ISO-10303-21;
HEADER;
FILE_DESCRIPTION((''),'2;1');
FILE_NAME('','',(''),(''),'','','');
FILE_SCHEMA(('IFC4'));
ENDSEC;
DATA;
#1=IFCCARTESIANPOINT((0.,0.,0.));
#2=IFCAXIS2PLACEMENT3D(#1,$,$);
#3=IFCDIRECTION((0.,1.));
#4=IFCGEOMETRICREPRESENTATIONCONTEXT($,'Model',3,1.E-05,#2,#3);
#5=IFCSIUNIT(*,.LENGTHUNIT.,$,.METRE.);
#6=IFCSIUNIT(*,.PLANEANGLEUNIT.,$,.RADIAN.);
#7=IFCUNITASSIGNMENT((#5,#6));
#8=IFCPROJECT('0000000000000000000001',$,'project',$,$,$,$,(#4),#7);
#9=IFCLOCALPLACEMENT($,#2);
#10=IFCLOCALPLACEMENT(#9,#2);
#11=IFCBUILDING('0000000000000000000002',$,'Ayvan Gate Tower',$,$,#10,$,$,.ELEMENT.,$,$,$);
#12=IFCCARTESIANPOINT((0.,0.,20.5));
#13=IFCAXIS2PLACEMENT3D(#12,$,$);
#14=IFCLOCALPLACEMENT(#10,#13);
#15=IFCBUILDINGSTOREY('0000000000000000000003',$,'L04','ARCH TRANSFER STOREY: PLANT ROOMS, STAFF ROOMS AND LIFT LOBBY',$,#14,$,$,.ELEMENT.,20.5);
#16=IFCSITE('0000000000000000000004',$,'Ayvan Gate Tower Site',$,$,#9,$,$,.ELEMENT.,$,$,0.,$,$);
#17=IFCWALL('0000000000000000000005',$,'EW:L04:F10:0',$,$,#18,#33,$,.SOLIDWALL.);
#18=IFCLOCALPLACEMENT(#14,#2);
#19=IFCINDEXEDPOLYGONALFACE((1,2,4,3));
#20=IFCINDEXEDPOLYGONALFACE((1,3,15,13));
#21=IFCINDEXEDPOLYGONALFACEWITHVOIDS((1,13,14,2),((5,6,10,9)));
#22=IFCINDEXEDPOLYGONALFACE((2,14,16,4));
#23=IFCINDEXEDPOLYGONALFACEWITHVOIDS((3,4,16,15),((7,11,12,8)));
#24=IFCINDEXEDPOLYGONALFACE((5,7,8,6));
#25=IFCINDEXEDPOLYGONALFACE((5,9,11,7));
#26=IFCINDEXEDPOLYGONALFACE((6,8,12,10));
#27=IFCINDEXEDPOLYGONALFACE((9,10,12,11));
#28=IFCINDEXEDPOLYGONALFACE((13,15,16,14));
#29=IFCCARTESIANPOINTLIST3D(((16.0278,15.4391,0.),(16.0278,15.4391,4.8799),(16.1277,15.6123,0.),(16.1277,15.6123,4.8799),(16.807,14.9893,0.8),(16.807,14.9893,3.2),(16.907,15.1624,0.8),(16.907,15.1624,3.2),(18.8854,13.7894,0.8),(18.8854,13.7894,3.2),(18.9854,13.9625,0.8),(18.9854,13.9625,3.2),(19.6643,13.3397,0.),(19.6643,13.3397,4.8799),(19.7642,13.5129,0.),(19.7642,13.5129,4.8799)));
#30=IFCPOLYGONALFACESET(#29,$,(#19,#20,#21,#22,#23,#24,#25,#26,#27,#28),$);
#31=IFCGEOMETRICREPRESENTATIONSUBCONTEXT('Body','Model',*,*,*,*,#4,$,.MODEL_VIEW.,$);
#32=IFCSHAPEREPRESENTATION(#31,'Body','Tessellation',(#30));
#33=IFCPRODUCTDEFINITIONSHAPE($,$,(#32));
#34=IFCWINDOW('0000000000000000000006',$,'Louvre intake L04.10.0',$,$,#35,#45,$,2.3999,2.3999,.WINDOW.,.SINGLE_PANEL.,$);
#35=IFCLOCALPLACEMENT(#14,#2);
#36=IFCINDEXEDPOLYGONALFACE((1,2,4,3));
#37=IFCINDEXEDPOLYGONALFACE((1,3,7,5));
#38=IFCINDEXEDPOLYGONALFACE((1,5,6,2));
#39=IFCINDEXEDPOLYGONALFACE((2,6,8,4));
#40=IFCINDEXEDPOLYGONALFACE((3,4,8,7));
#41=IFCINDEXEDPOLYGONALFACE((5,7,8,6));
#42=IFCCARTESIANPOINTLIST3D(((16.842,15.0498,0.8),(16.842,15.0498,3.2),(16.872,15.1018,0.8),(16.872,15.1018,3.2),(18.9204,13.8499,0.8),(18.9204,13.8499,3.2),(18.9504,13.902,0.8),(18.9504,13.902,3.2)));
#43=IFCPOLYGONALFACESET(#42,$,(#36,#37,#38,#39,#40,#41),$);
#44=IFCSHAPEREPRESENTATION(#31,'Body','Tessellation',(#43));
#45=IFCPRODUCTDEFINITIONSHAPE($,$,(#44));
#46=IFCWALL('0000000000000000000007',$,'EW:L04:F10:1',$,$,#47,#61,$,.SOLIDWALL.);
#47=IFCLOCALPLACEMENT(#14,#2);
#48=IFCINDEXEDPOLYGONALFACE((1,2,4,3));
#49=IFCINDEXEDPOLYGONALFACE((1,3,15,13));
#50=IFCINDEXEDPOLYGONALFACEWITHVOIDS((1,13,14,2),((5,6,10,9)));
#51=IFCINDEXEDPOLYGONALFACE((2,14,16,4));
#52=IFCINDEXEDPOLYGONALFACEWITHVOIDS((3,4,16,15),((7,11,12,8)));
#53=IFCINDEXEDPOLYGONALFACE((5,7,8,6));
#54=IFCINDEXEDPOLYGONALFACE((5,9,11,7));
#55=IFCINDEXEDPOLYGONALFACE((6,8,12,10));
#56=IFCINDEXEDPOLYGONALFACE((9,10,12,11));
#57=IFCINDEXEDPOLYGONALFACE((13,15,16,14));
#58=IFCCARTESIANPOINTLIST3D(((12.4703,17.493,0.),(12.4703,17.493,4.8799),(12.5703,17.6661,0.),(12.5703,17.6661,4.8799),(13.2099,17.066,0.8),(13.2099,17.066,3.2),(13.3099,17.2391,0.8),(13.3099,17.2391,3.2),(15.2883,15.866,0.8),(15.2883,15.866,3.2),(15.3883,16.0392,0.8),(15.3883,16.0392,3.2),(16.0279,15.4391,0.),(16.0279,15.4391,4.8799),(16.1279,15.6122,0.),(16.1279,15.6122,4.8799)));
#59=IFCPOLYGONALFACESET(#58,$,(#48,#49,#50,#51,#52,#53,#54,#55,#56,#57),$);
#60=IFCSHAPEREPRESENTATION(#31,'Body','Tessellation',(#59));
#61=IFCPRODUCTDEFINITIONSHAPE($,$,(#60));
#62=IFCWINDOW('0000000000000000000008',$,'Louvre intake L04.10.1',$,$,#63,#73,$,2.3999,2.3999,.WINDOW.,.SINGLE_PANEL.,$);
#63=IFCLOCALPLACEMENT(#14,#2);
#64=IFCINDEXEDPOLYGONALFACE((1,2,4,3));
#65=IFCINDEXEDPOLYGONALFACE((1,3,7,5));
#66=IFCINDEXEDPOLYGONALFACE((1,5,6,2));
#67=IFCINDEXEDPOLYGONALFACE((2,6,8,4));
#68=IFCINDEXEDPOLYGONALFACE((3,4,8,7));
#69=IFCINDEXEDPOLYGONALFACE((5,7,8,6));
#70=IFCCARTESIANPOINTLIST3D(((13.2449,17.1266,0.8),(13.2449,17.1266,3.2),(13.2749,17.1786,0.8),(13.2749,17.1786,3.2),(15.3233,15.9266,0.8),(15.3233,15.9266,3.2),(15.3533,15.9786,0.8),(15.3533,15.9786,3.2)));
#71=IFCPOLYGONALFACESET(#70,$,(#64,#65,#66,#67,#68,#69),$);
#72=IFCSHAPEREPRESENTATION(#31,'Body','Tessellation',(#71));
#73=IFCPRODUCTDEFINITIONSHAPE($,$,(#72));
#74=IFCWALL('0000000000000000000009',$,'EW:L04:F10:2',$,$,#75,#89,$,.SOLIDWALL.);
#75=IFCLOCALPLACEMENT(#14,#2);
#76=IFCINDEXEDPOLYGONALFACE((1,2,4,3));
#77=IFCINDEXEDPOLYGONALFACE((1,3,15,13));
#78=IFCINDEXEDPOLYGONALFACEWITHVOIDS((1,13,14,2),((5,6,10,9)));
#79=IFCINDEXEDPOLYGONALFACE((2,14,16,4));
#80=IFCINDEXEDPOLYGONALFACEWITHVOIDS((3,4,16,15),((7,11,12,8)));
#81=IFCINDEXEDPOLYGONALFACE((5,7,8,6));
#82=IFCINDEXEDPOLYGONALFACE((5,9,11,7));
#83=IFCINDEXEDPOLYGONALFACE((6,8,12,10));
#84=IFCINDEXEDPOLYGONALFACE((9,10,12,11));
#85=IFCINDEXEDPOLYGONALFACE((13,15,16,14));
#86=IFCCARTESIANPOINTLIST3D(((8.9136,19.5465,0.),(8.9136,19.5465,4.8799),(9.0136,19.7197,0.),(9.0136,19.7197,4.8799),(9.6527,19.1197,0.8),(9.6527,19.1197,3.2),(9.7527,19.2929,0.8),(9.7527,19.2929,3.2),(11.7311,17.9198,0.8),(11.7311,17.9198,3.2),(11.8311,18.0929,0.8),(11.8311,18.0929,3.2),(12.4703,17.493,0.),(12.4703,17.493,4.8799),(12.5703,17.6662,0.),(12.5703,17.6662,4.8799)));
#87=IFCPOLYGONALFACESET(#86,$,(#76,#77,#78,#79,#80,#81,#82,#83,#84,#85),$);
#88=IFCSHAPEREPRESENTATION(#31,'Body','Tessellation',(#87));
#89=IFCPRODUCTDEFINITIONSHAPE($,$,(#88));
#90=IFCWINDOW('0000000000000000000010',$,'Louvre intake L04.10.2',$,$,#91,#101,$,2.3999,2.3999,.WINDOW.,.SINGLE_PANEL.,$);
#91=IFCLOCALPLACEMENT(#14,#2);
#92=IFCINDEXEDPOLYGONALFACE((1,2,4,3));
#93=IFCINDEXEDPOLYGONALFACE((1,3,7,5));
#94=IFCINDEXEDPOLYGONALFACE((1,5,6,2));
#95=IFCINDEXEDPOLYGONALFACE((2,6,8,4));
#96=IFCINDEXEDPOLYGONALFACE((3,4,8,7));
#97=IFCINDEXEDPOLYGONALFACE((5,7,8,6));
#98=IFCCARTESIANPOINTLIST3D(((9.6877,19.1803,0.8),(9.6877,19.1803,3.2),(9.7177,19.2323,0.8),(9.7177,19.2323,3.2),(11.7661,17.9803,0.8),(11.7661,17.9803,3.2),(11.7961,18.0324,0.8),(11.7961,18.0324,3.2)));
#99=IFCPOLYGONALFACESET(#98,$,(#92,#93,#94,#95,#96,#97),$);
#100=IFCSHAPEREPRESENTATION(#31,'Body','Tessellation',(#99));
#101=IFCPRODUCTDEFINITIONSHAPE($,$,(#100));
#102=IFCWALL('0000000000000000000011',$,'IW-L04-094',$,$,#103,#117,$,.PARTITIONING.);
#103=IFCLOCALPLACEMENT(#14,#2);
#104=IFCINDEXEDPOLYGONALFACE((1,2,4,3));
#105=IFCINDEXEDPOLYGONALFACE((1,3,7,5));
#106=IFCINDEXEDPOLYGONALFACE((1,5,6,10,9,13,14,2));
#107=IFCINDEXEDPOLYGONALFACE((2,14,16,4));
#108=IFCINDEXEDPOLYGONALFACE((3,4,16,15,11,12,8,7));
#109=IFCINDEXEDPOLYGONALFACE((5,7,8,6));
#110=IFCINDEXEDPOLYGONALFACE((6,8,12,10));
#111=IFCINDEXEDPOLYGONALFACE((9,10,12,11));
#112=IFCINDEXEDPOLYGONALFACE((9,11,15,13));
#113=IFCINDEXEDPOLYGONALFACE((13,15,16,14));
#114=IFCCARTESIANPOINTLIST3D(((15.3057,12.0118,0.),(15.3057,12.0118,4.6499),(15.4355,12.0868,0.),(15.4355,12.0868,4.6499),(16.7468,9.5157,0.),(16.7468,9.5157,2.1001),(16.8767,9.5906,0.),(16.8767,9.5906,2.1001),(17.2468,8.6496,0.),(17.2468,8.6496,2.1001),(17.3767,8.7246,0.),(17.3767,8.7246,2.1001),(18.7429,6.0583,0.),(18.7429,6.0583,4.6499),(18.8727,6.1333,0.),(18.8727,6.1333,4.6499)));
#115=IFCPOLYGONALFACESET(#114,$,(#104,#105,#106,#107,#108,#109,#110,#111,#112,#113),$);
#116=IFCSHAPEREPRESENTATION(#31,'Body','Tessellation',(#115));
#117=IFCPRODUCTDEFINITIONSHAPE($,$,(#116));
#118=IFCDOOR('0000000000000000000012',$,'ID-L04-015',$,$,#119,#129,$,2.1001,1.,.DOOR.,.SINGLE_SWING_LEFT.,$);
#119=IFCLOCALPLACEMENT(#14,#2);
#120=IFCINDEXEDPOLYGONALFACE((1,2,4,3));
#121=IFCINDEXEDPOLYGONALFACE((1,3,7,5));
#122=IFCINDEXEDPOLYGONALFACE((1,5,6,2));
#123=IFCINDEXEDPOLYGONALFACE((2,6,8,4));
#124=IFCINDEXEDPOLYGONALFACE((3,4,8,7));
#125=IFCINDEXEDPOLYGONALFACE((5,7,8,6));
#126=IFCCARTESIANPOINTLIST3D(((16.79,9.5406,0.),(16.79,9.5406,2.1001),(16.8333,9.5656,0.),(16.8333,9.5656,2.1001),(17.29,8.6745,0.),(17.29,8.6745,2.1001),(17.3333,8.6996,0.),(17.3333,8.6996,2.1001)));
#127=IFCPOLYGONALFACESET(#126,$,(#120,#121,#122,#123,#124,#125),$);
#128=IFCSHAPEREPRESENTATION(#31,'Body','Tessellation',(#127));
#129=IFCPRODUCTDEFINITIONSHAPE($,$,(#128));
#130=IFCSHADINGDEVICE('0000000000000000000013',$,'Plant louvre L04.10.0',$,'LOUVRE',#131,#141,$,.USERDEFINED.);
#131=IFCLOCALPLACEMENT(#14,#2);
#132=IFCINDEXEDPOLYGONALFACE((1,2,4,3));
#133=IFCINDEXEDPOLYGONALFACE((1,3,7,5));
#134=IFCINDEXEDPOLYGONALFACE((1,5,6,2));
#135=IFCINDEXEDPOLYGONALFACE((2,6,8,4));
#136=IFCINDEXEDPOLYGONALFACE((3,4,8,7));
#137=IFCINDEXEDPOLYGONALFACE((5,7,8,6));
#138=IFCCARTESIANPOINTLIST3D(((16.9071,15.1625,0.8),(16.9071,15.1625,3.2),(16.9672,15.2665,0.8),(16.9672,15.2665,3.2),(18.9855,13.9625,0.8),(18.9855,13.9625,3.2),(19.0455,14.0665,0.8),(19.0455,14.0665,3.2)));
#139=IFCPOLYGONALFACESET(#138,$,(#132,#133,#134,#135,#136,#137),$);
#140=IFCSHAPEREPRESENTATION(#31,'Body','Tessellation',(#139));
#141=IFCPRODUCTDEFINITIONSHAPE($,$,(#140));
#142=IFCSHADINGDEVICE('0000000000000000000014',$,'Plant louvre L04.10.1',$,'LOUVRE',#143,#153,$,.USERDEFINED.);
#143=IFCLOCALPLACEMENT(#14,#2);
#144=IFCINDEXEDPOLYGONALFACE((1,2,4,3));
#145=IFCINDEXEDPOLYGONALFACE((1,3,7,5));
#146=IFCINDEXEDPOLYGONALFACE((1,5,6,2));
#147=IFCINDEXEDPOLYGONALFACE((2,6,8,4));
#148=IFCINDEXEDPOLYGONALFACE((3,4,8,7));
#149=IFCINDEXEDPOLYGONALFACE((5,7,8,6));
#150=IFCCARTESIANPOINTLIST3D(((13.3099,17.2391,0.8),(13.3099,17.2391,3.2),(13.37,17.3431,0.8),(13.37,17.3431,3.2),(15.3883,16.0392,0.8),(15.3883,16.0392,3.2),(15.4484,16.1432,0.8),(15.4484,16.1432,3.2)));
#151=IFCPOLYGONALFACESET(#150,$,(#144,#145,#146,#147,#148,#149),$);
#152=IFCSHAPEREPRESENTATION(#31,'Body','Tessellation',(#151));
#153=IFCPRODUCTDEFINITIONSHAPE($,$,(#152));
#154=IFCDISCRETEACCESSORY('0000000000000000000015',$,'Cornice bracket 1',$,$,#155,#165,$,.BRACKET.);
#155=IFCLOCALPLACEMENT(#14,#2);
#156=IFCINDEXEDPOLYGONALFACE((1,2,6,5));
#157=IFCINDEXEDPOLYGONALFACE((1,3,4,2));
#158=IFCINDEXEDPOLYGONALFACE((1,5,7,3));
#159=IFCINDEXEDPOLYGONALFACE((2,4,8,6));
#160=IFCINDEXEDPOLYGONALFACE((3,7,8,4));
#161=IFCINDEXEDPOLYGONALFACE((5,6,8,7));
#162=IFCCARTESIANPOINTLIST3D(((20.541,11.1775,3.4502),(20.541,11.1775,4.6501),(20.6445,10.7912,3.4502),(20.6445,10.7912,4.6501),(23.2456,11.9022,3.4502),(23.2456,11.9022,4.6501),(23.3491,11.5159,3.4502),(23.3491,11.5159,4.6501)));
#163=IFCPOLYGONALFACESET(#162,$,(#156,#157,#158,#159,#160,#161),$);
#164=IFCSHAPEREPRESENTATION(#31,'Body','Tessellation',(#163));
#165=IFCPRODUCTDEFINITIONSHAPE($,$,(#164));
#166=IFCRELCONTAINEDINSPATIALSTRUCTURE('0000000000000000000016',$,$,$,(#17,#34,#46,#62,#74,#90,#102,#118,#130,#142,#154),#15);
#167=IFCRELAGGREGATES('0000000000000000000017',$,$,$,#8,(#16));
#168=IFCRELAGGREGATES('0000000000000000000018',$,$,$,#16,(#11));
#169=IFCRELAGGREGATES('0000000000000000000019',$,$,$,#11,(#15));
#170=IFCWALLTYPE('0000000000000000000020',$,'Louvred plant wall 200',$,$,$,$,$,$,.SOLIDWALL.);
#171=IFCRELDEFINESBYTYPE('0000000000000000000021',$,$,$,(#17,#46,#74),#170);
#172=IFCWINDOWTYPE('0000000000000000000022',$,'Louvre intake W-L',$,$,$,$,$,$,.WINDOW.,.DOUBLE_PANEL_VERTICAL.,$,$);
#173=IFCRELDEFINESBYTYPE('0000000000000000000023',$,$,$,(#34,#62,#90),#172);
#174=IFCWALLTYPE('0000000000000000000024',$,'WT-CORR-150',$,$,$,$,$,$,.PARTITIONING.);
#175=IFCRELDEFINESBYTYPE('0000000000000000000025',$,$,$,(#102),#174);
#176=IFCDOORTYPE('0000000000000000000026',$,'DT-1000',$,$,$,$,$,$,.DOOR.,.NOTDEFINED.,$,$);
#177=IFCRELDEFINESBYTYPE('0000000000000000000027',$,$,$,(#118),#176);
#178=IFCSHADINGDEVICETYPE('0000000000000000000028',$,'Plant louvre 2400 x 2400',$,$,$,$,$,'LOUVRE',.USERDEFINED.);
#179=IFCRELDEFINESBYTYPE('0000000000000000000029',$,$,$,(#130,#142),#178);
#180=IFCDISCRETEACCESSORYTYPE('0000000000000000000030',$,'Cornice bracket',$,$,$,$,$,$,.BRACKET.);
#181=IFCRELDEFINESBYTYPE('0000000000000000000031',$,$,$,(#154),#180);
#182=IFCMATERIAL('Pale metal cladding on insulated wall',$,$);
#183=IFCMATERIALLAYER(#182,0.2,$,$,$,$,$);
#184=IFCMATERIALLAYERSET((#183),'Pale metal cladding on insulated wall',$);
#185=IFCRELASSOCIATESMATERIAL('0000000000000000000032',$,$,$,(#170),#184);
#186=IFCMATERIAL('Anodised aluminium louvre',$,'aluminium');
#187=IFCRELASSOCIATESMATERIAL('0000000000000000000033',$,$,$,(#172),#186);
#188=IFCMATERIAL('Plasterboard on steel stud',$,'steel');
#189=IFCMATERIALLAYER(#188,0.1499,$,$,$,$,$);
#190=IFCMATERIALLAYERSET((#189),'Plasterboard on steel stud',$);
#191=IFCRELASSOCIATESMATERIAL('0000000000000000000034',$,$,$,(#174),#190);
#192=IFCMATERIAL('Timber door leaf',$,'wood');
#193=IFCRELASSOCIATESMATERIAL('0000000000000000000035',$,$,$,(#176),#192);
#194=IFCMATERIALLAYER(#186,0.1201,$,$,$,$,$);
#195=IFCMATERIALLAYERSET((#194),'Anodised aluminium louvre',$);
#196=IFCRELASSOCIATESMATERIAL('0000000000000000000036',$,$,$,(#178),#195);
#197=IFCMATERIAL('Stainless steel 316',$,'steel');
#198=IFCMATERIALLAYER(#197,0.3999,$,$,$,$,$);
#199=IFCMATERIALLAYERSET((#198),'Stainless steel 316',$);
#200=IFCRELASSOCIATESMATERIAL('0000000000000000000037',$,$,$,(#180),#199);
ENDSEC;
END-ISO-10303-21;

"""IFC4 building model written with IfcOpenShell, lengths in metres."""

from ifc_helpers import new_model, si_unit, direction, frame, frame_2d, origin, origin_2d, place, context, subcontext, project, spatial, rectangle, extrude, material, layer, layer_set, type_object, element, fill, save


model = new_model("IFC4")

# Units and contexts
model_context = context("Model", 3, precision=1e-05, world=origin(), true_north=direction((0.0, 1.0)))
body_context = subcontext(model_context, "Body", "Model", "MODEL_VIEW")
ifc_project = project(units=[si_unit("LENGTHUNIT", "METRE"), si_unit("PLANEANGLEUNIT", "RADIAN")], contexts=[model_context])

# Site, building, storey
site_placement = place(None, origin())
site = spatial("IfcSite", under=ifc_project, at=site_placement, Name="Ayvan Gate Tower Site", CompositionType="ELEMENT", RefElevation=0.0)
building_placement = place(site_placement, origin())
building = spatial("IfcBuilding", under=site, at=building_placement, Name="Ayvan Gate Tower", CompositionType="ELEMENT")
storey_placement = place(building_placement, frame((0.0, 0.0, 20.5)))
storey = spatial("IfcBuildingStorey", under=building, at=storey_placement, Name="L04", Description="ARCH TRANSFER STOREY: PLANT ROOMS, STAFF ROOMS AND LIFT LOBBY", CompositionType="ELEMENT", Elevation=20.5)

# Shared definitions
ifc_material_1 = material(Name="Pale metal cladding on insulated wall")
ifc_layer_1 = layer(ifc_material_1, 0.2)
ifc_layer_set_1 = layer_set([ifc_layer_1], Name="Pale metal cladding on insulated wall")
wall_type_1 = type_object("IfcWallType", Name="Louvred plant wall 200", PredefinedType="SOLIDWALL", material=ifc_layer_set_1)

# Walls, openings, windows
wall_1_placement = place(storey_placement, frame((19.7144, 13.4263, 0.0), z_axis=(0.0, 0.0, 1.0), x_axis=(-0.866041, 0.499972, 0.0)))
wall_1 = element("IfcWall", 1, at=wall_1_placement, inside=storey, type_object=wall_type_1, Name="EW:L04:F10:0", PredefinedType="SOLIDWALL", context=body_context, shape_type="SweptSolid", body=[
    extrude(rectangle(XDim=4.199, YDim=0.2, at=frame_2d((2.0996, 0.0))), origin(), (0.0, 0.0, 1.0), 4.8799),
])
opening_1_placement = place(wall_1_placement, frame((0.8994, 0.0, 0.8)))
opening_1 = element("IfcOpeningElement", 2, at=opening_1_placement, cuts=wall_1, PredefinedType="OPENING", context=body_context, shape_type="SweptSolid", body=[
    extrude(rectangle(XDim=2.3999, YDim=2.3999, at=frame_2d((1.2, 1.2))), frame((0.0, 0.1099, 0.0), z_axis=(0.0, -1.0, 0.0), x_axis=(1.0, 0.0, 0.0)), (0.0, 0.0, 1.0), 0.22),
])
ifc_material_2 = material(Name="Anodised aluminium louvre", Category="aluminium")
window_type = type_object("IfcWindowType", Name="Louvre intake W-L", PartitioningType="DOUBLE_PANEL_VERTICAL", PredefinedType="WINDOW", material=ifc_material_2)
window_1_placement = place(opening_1_placement, origin())
window_1 = element("IfcWindow", 3, at=window_1_placement, inside=storey, type_object=window_type, Name="Louvre intake L04.10.0", OverallHeight=2.3999, OverallWidth=2.3999, PartitioningType="SINGLE_PANEL", PredefinedType="WINDOW", context=body_context, shape_type="SweptSolid", body=[
    extrude(rectangle(XDim=2.3999, YDim=2.3999, at=frame_2d((1.2, 1.2))), frame((0.0, 0.03, 0.0), z_axis=(0.0, -1.0, 0.0), x_axis=(1.0, 0.0, 0.0)), (0.0, 0.0, 1.0), 0.0601),
])
fill(opening_1, window_1)
wall_2_placement = place(storey_placement, frame((16.0779, 15.5256, 0.0), z_axis=(0.0, 0.0, 1.0), x_axis=(-0.866029, 0.499993, 0.0)))
wall_2 = element("IfcWall", 4, at=wall_2_placement, inside=storey, type_object=wall_type_1, Name="EW:L04:F10:1", PredefinedType="SOLIDWALL", context=body_context, shape_type="SweptSolid", body=[
    extrude(rectangle(XDim=4.1079, YDim=0.2, at=frame_2d((2.054, 0.0))), origin(), (0.0, 0.0, 1.0), 4.8799),
])
opening_2_placement = place(wall_2_placement, frame((0.854, 0.0, 0.8)))
opening_2 = element("IfcOpeningElement", 5, at=opening_2_placement, cuts=wall_2, PredefinedType="OPENING", context=body_context, shape_type="SweptSolid", body=[
    extrude(rectangle(XDim=2.3999, YDim=2.3999, at=frame_2d((1.2, 1.2))), frame((0.0, 0.1099, 0.0), z_axis=(0.0, -1.0, 0.0), x_axis=(1.0, 0.0, 0.0)), (0.0, 0.0, 1.0), 0.22),
])
window_2_placement = place(opening_2_placement, origin())
window_2 = element("IfcWindow", 6, at=window_2_placement, inside=storey, type_object=window_type, Name="Louvre intake L04.10.1", OverallHeight=2.3999, OverallWidth=2.3999, PartitioningType="SINGLE_PANEL", PredefinedType="WINDOW", context=body_context, shape_type="SweptSolid", body=[
    extrude(rectangle(XDim=2.3999, YDim=2.3999, at=frame_2d((1.2, 1.2))), frame((0.0, 0.03, 0.0), z_axis=(0.0, -1.0, 0.0), x_axis=(1.0, 0.0, 0.0)), (0.0, 0.0, 1.0), 0.0601),
])
fill(opening_2, window_2)
wall_3_placement = place(storey_placement, frame((12.5203, 17.5796, 0.0), z_axis=(0.0, 0.0, 1.0), x_axis=(-0.866021, 0.500007, 0.0)))
wall_3 = element("IfcWall", 7, at=wall_3_placement, inside=storey, type_object=wall_type_1, Name="EW:L04:F10:2", PredefinedType="SOLIDWALL", context=body_context, shape_type="SweptSolid", body=[
    extrude(rectangle(XDim=4.1069, YDim=0.2, at=frame_2d((2.0535, 0.0))), origin(), (0.0, 0.0, 1.0), 4.8799),
])
opening_3_placement = place(wall_3_placement, frame((0.8535, 0.0, 0.8)))
opening_3 = element("IfcOpeningElement", 8, at=opening_3_placement, cuts=wall_3, PredefinedType="OPENING", context=body_context, shape_type="SweptSolid", body=[
    extrude(rectangle(XDim=2.3999, YDim=2.3999, at=frame_2d((1.2, 1.2))), frame((0.0, 0.1099, 0.0), z_axis=(0.0, -1.0, 0.0), x_axis=(1.0, 0.0, 0.0)), (0.0, 0.0, 1.0), 0.22),
])
window_3_placement = place(opening_3_placement, origin())
window_3 = element("IfcWindow", 9, at=window_3_placement, inside=storey, type_object=window_type, Name="Louvre intake L04.10.2", OverallHeight=2.3999, OverallWidth=2.3999, PartitioningType="SINGLE_PANEL", PredefinedType="WINDOW", context=body_context, shape_type="SweptSolid", body=[
    extrude(rectangle(XDim=2.3999, YDim=2.3999, at=frame_2d((1.2, 1.2))), frame((0.0, 0.03, 0.0), z_axis=(0.0, -1.0, 0.0), x_axis=(1.0, 0.0, 0.0)), (0.0, 0.0, 1.0), 0.0601),
])
fill(opening_3, window_3)

# Wall, opening, door
ifc_material_3 = material(Name="Plasterboard on steel stud", Category="steel")
ifc_layer_2 = layer(ifc_material_3, 0.1499)
ifc_layer_set_2 = layer_set([ifc_layer_2], Name="Plasterboard on steel stud")
wall_type_2 = type_object("IfcWallType", Name="WT-CORR-150", PredefinedType="PARTITIONING", material=ifc_layer_set_2)
wall_4_placement = place(storey_placement, frame((15.3706, 12.0493, 0.0), z_axis=(0.0, 0.0, 1.0), x_axis=(0.499993, -0.866029, 0.0)))
wall_4 = element("IfcWall", 10, at=wall_4_placement, inside=storey, type_object=wall_type_2, Name="IW-L04-094", PredefinedType="PARTITIONING", context=body_context, shape_type="SweptSolid", body=[
    extrude(rectangle(XDim=6.8745, YDim=0.1499, at=frame_2d((3.4373, 0.0))), origin(), (0.0, 0.0, 1.0), 4.6499),
])
opening_4_placement = place(wall_4_placement, frame((2.8823, 0.0, 0.0)))
opening_4 = element("IfcOpeningElement", 11, at=opening_4_placement, cuts=wall_4, PredefinedType="OPENING", context=body_context, shape_type="SweptSolid", body=[
    extrude(rectangle(XDim=1.0, YDim=2.1001, at=frame_2d((0.5, 1.05))), frame((0.0, 0.085, 0.0), z_axis=(0.0, -1.0, 0.0), x_axis=(1.0, 0.0, 0.0)), (0.0, 0.0, 1.0), 0.1699),
])
ifc_material_4 = material(Name="Timber door leaf", Category="wood")
door_type = type_object("IfcDoorType", Name="DT-1000", OperationType="NOTDEFINED", PredefinedType="DOOR", material=ifc_material_4)
door_placement = place(opening_4_placement, origin())
door = element("IfcDoor", 12, at=door_placement, inside=storey, type_object=door_type, Name="ID-L04-015", OperationType="SINGLE_SWING_LEFT", OverallHeight=2.1001, OverallWidth=1.0, PredefinedType="DOOR", context=body_context, shape_type="SweptSolid", body=[
    extrude(rectangle(XDim=1.0, YDim=2.1001, at=frame_2d((0.5, 1.05))), frame((0.0, 0.0249, 0.0), z_axis=(0.0, -1.0, 0.0), x_axis=(1.0, 0.0, 0.0)), (0.0, 0.0, 1.0), 0.05),
])
fill(opening_4, door)

# Shading devices
ifc_layer_3 = layer(ifc_material_2, 0.1201)
ifc_layer_set_3 = layer_set([ifc_layer_3], Name="Anodised aluminium louvre")
shading_device_type = type_object("IfcShadingDeviceType", Name="Plant louvre 2400 x 2400", ElementType="LOUVRE", PredefinedType="USERDEFINED", material=ifc_layer_set_3)
for number, where, z_axis, x_axis, name in (
    (13, (17.9763, 14.6145, 0.8), (0.0, 0.0, 1.0), (-0.866025, 0.5, 0.0), "Plant louvre L04.10.0"),
    (14, (14.3792, 16.6912, 0.8), (0.0, 0.0, 1.0), (-0.866025, 0.5, 0.0), "Plant louvre L04.10.1"),
):
    element("IfcShadingDevice", number, at=place(storey_placement, frame(where, z_axis=z_axis, x_axis=x_axis)), inside=storey, type_object=shading_device_type, Name=name, ObjectType="LOUVRE", PredefinedType="USERDEFINED", context=body_context, shape_type="SweptSolid", body=[
        extrude(rectangle(XDim=2.3999, YDim=0.1201, at=origin_2d()), origin(), (0.0, 0.0, 1.0), 2.3999),
    ])

# Discrete accessory
ifc_material_5 = material(Name="Stainless steel 316", Category="steel")
ifc_layer_4 = layer(ifc_material_5, 0.3999)
ifc_layer_set_4 = layer_set([ifc_layer_4], Name="Stainless steel 316")
discrete_accessory_type_1 = type_object("IfcDiscreteAccessoryType", Name="Cornice bracket", PredefinedType="BRACKET", material=ifc_layer_set_4)
for number, where, z_axis, x_axis, name in (
    (15, (21.9451, 11.3467, 3.4502), (0.0, 0.0, 1.0), (0.965926, 0.258819, 0.0), "Cornice bracket 1"),
):
    element("IfcDiscreteAccessory", number, at=place(storey_placement, frame(where, z_axis=z_axis, x_axis=x_axis)), inside=storey, type_object=discrete_accessory_type_1, Name=name, PredefinedType="BRACKET", context=body_context, shape_type="SweptSolid", body=[
        extrude(rectangle(XDim=2.8, YDim=0.3999, at=origin_2d()), origin(), (0.0, 0.0, 1.0), 1.2),
    ])

save(model, "model.ifc")
